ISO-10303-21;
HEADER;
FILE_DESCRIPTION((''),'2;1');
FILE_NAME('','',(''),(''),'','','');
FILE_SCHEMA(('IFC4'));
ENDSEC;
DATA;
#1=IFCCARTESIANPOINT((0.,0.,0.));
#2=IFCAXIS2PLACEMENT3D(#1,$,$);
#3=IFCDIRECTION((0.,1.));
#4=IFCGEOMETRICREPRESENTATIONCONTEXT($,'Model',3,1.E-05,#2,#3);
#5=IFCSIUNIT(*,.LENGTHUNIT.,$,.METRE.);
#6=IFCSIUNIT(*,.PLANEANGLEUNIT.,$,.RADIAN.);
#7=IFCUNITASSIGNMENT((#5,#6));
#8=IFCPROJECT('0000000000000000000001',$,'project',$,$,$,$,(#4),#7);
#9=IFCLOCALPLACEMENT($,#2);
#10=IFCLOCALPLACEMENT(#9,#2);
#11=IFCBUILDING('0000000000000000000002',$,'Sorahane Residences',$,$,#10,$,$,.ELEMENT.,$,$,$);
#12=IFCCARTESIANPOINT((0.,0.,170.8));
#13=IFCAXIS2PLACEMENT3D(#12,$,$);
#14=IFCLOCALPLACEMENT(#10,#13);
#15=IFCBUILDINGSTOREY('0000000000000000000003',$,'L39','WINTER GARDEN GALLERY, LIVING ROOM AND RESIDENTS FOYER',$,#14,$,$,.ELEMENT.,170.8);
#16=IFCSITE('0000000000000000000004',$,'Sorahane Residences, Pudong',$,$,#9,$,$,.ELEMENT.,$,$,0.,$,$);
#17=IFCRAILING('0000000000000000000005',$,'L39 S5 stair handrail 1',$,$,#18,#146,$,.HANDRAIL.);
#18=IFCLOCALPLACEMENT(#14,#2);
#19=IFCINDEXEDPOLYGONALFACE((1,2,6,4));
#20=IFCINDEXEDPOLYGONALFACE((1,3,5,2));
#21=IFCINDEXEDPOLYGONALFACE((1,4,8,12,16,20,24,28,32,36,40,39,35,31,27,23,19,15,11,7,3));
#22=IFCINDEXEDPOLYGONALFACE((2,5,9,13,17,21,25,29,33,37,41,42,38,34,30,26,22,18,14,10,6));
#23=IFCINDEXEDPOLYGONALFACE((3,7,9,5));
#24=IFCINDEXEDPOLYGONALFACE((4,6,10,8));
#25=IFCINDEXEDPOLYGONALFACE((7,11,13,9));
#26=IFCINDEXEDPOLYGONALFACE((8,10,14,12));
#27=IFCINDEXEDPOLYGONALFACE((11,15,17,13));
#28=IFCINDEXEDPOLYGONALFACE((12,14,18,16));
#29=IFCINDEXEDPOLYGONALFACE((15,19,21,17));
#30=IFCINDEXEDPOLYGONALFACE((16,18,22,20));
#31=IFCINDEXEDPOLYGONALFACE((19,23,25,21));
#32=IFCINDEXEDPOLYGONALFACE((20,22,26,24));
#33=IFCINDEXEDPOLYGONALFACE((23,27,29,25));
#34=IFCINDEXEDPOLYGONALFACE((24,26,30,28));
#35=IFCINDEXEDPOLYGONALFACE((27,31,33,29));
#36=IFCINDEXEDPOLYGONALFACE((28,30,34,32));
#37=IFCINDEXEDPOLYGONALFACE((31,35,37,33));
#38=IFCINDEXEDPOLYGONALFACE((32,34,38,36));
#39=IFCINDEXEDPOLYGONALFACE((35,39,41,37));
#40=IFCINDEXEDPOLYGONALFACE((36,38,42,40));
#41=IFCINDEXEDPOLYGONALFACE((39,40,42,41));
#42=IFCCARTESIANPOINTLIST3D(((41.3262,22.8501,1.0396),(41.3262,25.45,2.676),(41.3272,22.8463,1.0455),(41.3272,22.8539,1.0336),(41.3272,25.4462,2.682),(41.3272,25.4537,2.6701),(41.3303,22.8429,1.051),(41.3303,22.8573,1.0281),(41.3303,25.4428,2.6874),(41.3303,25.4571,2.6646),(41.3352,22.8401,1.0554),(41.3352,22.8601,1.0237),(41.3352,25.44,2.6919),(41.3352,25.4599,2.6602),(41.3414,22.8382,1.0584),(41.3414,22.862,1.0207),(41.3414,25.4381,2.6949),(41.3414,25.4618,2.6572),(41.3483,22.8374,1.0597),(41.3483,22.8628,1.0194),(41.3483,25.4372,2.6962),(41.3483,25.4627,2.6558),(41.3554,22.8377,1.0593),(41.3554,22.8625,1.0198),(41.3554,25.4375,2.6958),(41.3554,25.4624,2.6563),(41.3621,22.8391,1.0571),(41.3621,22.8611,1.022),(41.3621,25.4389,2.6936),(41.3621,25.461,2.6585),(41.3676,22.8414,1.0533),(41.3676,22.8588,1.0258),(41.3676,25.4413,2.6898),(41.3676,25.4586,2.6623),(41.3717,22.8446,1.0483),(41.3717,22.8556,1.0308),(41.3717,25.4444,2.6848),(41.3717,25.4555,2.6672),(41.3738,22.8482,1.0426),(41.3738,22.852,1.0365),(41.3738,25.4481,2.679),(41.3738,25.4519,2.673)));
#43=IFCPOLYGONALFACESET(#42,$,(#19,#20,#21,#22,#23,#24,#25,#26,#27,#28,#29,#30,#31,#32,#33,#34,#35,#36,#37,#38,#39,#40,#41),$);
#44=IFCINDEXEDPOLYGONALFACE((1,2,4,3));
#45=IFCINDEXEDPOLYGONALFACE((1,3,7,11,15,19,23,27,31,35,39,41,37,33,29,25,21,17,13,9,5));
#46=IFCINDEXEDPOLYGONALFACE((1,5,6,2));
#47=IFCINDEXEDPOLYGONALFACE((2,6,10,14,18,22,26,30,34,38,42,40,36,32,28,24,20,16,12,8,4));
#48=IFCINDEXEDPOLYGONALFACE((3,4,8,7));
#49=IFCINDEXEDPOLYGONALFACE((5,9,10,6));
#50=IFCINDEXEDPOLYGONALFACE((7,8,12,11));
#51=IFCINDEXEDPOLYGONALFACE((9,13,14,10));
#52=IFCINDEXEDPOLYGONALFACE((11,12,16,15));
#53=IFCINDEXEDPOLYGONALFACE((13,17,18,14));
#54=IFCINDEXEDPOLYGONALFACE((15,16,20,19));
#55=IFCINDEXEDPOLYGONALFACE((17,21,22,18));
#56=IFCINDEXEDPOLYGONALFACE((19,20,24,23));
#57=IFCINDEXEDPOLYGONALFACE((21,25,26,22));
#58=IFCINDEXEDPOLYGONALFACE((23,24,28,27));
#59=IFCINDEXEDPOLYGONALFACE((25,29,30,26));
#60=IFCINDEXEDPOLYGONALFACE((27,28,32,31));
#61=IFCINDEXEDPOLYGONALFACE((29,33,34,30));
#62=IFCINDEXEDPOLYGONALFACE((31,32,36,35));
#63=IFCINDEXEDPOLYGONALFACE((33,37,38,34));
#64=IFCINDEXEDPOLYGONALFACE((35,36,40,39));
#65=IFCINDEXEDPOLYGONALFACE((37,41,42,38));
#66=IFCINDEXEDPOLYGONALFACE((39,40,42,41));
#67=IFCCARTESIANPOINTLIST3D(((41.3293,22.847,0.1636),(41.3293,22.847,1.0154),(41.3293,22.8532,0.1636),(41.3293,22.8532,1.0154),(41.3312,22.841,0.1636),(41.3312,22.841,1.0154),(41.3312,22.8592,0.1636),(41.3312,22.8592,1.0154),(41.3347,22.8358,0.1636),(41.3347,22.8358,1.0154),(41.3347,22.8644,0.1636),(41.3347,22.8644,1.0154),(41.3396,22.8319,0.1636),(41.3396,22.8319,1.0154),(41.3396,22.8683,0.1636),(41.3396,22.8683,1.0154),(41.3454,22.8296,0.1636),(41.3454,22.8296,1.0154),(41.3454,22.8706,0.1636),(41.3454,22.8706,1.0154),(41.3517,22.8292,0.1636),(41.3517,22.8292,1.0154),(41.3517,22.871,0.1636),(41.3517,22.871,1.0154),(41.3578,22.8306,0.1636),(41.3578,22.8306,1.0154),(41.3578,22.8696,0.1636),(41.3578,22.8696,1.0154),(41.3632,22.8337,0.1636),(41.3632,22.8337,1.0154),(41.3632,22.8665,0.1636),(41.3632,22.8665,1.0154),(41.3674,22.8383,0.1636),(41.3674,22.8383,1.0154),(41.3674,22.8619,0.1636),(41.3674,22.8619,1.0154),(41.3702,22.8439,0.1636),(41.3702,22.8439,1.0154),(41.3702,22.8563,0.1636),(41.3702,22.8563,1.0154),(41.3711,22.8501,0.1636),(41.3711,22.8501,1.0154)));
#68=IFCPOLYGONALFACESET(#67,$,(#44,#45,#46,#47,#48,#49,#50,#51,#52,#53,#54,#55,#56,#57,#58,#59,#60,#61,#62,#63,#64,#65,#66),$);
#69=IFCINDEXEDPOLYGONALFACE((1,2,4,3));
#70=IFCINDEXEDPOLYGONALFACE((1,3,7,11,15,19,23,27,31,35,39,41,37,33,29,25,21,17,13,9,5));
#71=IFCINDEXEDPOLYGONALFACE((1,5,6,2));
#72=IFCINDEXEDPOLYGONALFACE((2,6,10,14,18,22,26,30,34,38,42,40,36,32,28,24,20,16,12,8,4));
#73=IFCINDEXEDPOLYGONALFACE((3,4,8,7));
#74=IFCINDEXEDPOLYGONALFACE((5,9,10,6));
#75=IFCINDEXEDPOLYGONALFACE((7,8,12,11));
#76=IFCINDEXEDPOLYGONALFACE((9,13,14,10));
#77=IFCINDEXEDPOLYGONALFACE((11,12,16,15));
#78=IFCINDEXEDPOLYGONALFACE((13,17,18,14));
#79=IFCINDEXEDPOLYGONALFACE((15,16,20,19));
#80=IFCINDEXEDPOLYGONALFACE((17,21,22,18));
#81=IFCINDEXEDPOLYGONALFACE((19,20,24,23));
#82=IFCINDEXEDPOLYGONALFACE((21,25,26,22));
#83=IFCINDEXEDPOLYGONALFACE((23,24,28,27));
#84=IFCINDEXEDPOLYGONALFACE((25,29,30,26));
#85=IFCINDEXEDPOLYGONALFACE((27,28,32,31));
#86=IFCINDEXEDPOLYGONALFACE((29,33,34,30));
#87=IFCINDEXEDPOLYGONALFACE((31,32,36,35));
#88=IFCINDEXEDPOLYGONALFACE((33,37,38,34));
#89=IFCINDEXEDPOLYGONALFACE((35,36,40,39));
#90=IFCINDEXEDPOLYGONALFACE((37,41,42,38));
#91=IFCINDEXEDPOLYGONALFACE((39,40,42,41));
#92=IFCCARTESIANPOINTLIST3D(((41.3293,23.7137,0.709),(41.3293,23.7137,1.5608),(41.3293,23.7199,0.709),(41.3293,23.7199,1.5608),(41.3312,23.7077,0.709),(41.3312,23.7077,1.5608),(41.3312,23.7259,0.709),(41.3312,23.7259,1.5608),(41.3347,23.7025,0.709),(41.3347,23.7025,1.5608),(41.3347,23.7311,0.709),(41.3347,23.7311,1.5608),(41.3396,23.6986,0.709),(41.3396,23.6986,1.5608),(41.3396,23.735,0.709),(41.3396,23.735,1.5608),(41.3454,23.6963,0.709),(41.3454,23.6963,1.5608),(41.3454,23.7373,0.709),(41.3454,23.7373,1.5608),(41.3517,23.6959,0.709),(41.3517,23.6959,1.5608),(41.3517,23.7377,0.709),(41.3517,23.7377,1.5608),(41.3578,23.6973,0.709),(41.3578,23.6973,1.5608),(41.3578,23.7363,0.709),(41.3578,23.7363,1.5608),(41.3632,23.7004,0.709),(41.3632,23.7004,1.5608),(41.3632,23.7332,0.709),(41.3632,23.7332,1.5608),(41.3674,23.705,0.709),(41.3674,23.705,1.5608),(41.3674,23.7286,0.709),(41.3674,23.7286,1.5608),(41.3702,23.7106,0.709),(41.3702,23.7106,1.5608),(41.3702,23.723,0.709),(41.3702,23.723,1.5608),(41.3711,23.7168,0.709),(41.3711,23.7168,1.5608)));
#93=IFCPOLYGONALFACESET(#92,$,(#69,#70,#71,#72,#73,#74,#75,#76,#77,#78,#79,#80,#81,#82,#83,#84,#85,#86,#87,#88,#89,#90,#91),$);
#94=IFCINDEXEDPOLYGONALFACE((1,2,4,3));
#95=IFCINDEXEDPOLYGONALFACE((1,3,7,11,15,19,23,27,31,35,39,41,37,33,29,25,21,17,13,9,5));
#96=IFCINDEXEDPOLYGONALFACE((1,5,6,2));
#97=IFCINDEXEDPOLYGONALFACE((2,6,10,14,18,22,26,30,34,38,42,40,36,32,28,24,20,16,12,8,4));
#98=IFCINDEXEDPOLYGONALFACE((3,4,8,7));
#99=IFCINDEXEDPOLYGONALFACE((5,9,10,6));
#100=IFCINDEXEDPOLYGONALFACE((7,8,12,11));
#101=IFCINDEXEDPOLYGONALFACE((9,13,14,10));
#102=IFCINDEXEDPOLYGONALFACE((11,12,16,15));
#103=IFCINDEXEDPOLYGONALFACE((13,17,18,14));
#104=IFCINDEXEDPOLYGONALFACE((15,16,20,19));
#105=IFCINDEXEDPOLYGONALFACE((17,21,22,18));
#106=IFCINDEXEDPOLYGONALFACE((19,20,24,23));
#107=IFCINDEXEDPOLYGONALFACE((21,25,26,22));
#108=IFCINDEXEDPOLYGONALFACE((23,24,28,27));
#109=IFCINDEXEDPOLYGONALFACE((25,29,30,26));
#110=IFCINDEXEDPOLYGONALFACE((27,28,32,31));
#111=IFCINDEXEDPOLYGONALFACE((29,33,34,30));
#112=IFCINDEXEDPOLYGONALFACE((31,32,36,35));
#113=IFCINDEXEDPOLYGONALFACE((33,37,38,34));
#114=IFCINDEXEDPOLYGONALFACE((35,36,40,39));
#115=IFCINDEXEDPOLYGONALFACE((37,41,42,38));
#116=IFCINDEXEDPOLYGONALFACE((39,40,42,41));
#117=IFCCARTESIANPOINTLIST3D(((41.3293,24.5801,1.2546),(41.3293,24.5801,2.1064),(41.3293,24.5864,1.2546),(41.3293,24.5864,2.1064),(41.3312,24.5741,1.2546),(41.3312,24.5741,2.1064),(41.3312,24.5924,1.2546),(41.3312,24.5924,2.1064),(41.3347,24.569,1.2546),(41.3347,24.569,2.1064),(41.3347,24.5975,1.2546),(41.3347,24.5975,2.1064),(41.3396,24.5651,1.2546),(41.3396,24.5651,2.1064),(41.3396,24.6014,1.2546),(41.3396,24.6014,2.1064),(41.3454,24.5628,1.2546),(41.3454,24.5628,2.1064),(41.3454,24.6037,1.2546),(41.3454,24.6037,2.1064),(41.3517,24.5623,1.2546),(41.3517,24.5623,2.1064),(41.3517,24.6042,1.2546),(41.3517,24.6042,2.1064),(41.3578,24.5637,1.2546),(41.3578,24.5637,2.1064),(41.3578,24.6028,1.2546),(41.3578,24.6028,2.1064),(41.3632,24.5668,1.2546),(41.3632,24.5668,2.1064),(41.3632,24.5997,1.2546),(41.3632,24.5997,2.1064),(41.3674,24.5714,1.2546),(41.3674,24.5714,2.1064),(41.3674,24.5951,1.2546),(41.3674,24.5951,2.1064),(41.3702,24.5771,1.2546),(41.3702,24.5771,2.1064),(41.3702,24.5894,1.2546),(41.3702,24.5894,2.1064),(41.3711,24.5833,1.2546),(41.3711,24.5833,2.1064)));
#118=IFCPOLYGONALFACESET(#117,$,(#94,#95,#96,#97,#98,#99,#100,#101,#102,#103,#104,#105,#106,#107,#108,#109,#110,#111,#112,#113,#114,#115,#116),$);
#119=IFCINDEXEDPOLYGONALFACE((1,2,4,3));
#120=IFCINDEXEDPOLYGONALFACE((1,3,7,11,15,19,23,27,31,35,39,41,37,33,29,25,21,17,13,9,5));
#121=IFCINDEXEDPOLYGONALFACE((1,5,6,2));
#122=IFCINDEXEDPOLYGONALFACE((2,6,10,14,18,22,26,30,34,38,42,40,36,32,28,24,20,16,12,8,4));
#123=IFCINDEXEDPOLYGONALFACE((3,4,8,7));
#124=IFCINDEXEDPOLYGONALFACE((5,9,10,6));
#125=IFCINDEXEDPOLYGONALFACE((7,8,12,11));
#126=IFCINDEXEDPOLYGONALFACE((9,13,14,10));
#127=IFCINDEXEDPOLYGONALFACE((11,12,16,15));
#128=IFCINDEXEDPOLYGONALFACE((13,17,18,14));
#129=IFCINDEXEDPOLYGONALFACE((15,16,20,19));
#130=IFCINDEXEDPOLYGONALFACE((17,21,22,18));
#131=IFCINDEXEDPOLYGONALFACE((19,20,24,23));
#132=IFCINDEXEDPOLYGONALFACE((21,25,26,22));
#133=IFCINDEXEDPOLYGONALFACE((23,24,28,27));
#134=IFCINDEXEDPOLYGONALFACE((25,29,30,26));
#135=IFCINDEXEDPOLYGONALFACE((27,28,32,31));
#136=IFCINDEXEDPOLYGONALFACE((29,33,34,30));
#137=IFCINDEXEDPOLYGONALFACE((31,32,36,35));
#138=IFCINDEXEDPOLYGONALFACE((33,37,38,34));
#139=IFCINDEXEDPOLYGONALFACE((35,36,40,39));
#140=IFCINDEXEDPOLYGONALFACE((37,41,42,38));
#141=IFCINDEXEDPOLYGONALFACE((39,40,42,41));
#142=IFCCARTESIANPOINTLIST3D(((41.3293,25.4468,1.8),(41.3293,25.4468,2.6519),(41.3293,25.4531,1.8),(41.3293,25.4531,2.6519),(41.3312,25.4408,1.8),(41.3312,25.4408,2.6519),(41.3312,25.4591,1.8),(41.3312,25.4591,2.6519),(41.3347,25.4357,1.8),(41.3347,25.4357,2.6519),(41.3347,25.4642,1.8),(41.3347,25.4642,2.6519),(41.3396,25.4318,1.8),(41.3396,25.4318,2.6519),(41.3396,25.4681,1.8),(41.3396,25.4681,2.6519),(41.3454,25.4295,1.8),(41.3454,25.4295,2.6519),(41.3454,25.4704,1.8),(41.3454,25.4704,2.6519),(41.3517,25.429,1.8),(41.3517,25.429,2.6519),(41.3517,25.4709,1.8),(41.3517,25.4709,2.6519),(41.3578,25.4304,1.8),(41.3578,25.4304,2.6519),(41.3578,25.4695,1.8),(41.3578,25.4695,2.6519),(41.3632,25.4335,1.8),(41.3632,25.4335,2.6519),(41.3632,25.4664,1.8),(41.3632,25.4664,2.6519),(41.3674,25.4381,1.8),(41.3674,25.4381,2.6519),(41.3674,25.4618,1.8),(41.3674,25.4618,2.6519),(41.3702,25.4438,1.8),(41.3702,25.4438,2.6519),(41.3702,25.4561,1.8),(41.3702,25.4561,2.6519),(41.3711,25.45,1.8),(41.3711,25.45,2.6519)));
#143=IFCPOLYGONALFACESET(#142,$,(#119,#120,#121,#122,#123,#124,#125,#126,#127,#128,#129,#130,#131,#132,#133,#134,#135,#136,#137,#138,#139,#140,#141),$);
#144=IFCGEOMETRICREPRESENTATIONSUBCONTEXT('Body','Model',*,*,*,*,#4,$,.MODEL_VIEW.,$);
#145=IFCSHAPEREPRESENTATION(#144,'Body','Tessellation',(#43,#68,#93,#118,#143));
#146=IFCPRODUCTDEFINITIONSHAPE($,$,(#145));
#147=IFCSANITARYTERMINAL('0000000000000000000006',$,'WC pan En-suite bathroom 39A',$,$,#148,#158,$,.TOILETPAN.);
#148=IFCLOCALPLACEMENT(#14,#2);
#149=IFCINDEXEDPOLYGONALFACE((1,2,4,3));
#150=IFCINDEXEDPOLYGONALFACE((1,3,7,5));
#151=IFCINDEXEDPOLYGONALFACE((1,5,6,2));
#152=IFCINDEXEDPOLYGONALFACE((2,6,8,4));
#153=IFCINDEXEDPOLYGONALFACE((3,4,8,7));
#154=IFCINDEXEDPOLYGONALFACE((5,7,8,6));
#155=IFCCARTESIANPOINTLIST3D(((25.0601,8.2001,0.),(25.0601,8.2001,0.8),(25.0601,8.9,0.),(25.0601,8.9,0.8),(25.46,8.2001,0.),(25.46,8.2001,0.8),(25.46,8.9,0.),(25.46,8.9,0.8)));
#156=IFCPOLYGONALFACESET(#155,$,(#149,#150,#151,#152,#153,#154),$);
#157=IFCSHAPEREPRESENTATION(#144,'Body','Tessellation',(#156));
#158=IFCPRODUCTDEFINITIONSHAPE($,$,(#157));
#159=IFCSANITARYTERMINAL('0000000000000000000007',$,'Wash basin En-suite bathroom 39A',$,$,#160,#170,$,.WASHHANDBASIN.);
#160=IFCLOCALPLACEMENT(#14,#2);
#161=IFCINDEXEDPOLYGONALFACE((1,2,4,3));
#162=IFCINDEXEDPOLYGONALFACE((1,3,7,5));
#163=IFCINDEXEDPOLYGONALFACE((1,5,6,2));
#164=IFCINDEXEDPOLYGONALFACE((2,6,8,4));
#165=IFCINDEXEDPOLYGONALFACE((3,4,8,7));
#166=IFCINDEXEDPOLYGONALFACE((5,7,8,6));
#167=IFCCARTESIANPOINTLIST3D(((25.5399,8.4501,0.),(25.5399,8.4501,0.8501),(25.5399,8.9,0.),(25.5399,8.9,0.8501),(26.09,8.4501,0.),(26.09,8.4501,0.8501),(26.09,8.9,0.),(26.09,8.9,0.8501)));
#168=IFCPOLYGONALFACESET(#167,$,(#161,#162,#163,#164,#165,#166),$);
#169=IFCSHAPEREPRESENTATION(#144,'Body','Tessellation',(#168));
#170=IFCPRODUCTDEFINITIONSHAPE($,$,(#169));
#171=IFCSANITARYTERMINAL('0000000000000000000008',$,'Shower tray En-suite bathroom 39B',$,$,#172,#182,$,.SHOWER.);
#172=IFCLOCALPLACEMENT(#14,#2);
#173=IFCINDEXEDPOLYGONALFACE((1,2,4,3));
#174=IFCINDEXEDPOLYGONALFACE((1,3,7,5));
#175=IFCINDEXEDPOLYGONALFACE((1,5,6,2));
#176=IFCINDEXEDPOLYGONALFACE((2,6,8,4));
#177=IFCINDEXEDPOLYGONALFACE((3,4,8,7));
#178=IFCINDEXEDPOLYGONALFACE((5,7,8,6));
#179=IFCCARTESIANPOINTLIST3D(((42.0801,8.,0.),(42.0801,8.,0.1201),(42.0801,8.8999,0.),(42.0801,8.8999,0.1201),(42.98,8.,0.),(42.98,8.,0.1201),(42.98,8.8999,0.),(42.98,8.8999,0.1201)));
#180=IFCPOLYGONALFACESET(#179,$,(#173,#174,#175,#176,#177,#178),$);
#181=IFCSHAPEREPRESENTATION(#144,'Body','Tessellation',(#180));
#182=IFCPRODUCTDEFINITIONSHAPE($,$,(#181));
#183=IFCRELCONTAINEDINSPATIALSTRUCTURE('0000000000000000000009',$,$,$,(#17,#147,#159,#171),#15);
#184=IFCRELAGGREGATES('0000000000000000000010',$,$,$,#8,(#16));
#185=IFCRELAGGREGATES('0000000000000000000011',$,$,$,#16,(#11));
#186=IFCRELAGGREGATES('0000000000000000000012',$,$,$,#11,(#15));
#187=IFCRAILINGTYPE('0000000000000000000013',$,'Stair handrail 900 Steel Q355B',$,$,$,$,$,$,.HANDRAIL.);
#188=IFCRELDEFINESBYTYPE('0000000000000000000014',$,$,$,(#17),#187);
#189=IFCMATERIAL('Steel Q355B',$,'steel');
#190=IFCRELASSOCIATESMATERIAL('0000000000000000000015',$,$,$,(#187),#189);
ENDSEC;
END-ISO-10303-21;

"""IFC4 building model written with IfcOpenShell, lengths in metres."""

from ifc_helpers import new_model, si_unit, direction, frame, origin, origin_2d, place, context, subcontext, project, spatial, rectangle, circle, extrude, material, type_object, element, save


model = new_model("IFC4")

# Units and contexts
model_context = context("Model", 3, precision=1e-05, world=origin(), true_north=direction((0.0, 1.0)))
body_context = subcontext(model_context, "Body", "Model", "MODEL_VIEW")
ifc_project = project(units=[si_unit("LENGTHUNIT", "METRE"), si_unit("PLANEANGLEUNIT", "RADIAN")], contexts=[model_context])

# Site, building, storey
site_placement = place(None, origin())
site = spatial("IfcSite", under=ifc_project, at=site_placement, Name="Sorahane Residences, Pudong", CompositionType="ELEMENT", RefElevation=0.0)
building_placement = place(site_placement, origin())
building = spatial("IfcBuilding", under=site, at=building_placement, Name="Sorahane Residences", CompositionType="ELEMENT")
storey_placement = place(building_placement, frame((0.0, 0.0, 170.8)))
storey = spatial("IfcBuildingStorey", under=building, at=storey_placement, Name="L39", Description="WINTER GARDEN GALLERY, LIVING ROOM AND RESIDENTS FOYER", CompositionType="ELEMENT", Elevation=170.8)

# Railing
ifc_material_1 = material(Name="Steel Q355B", Category="steel")
railing_type_1 = type_object("IfcRailingType", Name="Stair handrail 900 Steel Q355B", PredefinedType="HANDRAIL", material=ifc_material_1)
railing_1_placement = place(storey_placement, frame((41.3501, 22.8501, 0.1636)))
element("IfcRailing", 1, at=railing_1_placement, inside=storey, type_object=railing_type_1, Name="L39 S5 stair handrail 1", PredefinedType="HANDRAIL", context=body_context, shape_type="SweptSolid", body=[
    extrude(circle(Radius=0.0239, at=origin_2d()), frame((0.0, 0.0, 0.876), z_axis=(0.0, 0.846302, 0.532704), x_axis=(-1.0, 0.0, 0.0)), (0.0, 0.0, 1.0), 3.072),
    extrude(circle(Radius=0.021, at=origin_2d()), origin(), (0.0, 0.0, 1.0), 0.8518),
    extrude(circle(Radius=0.021, at=origin_2d()), frame((0.0, 0.8667, 0.5454)), (0.0, 0.0, 1.0), 0.8518),
    extrude(circle(Radius=0.021, at=origin_2d()), frame((0.0, 1.7332, 1.0911)), (0.0, 0.0, 1.0), 0.8518),
    extrude(circle(Radius=0.021, at=origin_2d()), frame((0.0, 2.5999, 1.6365)), (0.0, 0.0, 1.0), 0.8518),
])

# Sanitary terminals
sanitary_terminal_1_placement = place(storey_placement, frame((25.26, 8.55, 0.0), z_axis=(0.0, 0.0, 1.0), x_axis=(1.0, 0.0, 0.0)))
element("IfcSanitaryTerminal", 2, at=sanitary_terminal_1_placement, inside=storey, Name="WC pan En-suite bathroom 39A", PredefinedType="TOILETPAN", context=body_context, shape_type="SweptSolid", body=[
    extrude(rectangle(XDim=0.3999, YDim=0.7, at=origin_2d()), origin(), (0.0, 0.0, 1.0), 0.8),
])
sanitary_terminal_2_placement = place(storey_placement, frame((25.8149, 8.675, 0.0), z_axis=(0.0, 0.0, 1.0), x_axis=(1.0, 0.0, 0.0)))
element("IfcSanitaryTerminal", 3, at=sanitary_terminal_2_placement, inside=storey, Name="Wash basin En-suite bathroom 39A", PredefinedType="WASHHANDBASIN", context=body_context, shape_type="SweptSolid", body=[
    extrude(rectangle(XDim=0.55, YDim=0.45, at=origin_2d()), origin(), (0.0, 0.0, 1.0), 0.8501),
])
sanitary_terminal_3_placement = place(storey_placement, frame((42.53, 8.45, 0.0), z_axis=(0.0, 0.0, 1.0), x_axis=(1.0, 0.0, 0.0)))
element("IfcSanitaryTerminal", 4, at=sanitary_terminal_3_placement, inside=storey, Name="Shower tray En-suite bathroom 39B", PredefinedType="SHOWER", context=body_context, shape_type="SweptSolid", body=[
    extrude(rectangle(XDim=0.8999, YDim=0.8999, at=origin_2d()), origin(), (0.0, 0.0, 1.0), 0.1201),
])

save(model, "model.ifc")
